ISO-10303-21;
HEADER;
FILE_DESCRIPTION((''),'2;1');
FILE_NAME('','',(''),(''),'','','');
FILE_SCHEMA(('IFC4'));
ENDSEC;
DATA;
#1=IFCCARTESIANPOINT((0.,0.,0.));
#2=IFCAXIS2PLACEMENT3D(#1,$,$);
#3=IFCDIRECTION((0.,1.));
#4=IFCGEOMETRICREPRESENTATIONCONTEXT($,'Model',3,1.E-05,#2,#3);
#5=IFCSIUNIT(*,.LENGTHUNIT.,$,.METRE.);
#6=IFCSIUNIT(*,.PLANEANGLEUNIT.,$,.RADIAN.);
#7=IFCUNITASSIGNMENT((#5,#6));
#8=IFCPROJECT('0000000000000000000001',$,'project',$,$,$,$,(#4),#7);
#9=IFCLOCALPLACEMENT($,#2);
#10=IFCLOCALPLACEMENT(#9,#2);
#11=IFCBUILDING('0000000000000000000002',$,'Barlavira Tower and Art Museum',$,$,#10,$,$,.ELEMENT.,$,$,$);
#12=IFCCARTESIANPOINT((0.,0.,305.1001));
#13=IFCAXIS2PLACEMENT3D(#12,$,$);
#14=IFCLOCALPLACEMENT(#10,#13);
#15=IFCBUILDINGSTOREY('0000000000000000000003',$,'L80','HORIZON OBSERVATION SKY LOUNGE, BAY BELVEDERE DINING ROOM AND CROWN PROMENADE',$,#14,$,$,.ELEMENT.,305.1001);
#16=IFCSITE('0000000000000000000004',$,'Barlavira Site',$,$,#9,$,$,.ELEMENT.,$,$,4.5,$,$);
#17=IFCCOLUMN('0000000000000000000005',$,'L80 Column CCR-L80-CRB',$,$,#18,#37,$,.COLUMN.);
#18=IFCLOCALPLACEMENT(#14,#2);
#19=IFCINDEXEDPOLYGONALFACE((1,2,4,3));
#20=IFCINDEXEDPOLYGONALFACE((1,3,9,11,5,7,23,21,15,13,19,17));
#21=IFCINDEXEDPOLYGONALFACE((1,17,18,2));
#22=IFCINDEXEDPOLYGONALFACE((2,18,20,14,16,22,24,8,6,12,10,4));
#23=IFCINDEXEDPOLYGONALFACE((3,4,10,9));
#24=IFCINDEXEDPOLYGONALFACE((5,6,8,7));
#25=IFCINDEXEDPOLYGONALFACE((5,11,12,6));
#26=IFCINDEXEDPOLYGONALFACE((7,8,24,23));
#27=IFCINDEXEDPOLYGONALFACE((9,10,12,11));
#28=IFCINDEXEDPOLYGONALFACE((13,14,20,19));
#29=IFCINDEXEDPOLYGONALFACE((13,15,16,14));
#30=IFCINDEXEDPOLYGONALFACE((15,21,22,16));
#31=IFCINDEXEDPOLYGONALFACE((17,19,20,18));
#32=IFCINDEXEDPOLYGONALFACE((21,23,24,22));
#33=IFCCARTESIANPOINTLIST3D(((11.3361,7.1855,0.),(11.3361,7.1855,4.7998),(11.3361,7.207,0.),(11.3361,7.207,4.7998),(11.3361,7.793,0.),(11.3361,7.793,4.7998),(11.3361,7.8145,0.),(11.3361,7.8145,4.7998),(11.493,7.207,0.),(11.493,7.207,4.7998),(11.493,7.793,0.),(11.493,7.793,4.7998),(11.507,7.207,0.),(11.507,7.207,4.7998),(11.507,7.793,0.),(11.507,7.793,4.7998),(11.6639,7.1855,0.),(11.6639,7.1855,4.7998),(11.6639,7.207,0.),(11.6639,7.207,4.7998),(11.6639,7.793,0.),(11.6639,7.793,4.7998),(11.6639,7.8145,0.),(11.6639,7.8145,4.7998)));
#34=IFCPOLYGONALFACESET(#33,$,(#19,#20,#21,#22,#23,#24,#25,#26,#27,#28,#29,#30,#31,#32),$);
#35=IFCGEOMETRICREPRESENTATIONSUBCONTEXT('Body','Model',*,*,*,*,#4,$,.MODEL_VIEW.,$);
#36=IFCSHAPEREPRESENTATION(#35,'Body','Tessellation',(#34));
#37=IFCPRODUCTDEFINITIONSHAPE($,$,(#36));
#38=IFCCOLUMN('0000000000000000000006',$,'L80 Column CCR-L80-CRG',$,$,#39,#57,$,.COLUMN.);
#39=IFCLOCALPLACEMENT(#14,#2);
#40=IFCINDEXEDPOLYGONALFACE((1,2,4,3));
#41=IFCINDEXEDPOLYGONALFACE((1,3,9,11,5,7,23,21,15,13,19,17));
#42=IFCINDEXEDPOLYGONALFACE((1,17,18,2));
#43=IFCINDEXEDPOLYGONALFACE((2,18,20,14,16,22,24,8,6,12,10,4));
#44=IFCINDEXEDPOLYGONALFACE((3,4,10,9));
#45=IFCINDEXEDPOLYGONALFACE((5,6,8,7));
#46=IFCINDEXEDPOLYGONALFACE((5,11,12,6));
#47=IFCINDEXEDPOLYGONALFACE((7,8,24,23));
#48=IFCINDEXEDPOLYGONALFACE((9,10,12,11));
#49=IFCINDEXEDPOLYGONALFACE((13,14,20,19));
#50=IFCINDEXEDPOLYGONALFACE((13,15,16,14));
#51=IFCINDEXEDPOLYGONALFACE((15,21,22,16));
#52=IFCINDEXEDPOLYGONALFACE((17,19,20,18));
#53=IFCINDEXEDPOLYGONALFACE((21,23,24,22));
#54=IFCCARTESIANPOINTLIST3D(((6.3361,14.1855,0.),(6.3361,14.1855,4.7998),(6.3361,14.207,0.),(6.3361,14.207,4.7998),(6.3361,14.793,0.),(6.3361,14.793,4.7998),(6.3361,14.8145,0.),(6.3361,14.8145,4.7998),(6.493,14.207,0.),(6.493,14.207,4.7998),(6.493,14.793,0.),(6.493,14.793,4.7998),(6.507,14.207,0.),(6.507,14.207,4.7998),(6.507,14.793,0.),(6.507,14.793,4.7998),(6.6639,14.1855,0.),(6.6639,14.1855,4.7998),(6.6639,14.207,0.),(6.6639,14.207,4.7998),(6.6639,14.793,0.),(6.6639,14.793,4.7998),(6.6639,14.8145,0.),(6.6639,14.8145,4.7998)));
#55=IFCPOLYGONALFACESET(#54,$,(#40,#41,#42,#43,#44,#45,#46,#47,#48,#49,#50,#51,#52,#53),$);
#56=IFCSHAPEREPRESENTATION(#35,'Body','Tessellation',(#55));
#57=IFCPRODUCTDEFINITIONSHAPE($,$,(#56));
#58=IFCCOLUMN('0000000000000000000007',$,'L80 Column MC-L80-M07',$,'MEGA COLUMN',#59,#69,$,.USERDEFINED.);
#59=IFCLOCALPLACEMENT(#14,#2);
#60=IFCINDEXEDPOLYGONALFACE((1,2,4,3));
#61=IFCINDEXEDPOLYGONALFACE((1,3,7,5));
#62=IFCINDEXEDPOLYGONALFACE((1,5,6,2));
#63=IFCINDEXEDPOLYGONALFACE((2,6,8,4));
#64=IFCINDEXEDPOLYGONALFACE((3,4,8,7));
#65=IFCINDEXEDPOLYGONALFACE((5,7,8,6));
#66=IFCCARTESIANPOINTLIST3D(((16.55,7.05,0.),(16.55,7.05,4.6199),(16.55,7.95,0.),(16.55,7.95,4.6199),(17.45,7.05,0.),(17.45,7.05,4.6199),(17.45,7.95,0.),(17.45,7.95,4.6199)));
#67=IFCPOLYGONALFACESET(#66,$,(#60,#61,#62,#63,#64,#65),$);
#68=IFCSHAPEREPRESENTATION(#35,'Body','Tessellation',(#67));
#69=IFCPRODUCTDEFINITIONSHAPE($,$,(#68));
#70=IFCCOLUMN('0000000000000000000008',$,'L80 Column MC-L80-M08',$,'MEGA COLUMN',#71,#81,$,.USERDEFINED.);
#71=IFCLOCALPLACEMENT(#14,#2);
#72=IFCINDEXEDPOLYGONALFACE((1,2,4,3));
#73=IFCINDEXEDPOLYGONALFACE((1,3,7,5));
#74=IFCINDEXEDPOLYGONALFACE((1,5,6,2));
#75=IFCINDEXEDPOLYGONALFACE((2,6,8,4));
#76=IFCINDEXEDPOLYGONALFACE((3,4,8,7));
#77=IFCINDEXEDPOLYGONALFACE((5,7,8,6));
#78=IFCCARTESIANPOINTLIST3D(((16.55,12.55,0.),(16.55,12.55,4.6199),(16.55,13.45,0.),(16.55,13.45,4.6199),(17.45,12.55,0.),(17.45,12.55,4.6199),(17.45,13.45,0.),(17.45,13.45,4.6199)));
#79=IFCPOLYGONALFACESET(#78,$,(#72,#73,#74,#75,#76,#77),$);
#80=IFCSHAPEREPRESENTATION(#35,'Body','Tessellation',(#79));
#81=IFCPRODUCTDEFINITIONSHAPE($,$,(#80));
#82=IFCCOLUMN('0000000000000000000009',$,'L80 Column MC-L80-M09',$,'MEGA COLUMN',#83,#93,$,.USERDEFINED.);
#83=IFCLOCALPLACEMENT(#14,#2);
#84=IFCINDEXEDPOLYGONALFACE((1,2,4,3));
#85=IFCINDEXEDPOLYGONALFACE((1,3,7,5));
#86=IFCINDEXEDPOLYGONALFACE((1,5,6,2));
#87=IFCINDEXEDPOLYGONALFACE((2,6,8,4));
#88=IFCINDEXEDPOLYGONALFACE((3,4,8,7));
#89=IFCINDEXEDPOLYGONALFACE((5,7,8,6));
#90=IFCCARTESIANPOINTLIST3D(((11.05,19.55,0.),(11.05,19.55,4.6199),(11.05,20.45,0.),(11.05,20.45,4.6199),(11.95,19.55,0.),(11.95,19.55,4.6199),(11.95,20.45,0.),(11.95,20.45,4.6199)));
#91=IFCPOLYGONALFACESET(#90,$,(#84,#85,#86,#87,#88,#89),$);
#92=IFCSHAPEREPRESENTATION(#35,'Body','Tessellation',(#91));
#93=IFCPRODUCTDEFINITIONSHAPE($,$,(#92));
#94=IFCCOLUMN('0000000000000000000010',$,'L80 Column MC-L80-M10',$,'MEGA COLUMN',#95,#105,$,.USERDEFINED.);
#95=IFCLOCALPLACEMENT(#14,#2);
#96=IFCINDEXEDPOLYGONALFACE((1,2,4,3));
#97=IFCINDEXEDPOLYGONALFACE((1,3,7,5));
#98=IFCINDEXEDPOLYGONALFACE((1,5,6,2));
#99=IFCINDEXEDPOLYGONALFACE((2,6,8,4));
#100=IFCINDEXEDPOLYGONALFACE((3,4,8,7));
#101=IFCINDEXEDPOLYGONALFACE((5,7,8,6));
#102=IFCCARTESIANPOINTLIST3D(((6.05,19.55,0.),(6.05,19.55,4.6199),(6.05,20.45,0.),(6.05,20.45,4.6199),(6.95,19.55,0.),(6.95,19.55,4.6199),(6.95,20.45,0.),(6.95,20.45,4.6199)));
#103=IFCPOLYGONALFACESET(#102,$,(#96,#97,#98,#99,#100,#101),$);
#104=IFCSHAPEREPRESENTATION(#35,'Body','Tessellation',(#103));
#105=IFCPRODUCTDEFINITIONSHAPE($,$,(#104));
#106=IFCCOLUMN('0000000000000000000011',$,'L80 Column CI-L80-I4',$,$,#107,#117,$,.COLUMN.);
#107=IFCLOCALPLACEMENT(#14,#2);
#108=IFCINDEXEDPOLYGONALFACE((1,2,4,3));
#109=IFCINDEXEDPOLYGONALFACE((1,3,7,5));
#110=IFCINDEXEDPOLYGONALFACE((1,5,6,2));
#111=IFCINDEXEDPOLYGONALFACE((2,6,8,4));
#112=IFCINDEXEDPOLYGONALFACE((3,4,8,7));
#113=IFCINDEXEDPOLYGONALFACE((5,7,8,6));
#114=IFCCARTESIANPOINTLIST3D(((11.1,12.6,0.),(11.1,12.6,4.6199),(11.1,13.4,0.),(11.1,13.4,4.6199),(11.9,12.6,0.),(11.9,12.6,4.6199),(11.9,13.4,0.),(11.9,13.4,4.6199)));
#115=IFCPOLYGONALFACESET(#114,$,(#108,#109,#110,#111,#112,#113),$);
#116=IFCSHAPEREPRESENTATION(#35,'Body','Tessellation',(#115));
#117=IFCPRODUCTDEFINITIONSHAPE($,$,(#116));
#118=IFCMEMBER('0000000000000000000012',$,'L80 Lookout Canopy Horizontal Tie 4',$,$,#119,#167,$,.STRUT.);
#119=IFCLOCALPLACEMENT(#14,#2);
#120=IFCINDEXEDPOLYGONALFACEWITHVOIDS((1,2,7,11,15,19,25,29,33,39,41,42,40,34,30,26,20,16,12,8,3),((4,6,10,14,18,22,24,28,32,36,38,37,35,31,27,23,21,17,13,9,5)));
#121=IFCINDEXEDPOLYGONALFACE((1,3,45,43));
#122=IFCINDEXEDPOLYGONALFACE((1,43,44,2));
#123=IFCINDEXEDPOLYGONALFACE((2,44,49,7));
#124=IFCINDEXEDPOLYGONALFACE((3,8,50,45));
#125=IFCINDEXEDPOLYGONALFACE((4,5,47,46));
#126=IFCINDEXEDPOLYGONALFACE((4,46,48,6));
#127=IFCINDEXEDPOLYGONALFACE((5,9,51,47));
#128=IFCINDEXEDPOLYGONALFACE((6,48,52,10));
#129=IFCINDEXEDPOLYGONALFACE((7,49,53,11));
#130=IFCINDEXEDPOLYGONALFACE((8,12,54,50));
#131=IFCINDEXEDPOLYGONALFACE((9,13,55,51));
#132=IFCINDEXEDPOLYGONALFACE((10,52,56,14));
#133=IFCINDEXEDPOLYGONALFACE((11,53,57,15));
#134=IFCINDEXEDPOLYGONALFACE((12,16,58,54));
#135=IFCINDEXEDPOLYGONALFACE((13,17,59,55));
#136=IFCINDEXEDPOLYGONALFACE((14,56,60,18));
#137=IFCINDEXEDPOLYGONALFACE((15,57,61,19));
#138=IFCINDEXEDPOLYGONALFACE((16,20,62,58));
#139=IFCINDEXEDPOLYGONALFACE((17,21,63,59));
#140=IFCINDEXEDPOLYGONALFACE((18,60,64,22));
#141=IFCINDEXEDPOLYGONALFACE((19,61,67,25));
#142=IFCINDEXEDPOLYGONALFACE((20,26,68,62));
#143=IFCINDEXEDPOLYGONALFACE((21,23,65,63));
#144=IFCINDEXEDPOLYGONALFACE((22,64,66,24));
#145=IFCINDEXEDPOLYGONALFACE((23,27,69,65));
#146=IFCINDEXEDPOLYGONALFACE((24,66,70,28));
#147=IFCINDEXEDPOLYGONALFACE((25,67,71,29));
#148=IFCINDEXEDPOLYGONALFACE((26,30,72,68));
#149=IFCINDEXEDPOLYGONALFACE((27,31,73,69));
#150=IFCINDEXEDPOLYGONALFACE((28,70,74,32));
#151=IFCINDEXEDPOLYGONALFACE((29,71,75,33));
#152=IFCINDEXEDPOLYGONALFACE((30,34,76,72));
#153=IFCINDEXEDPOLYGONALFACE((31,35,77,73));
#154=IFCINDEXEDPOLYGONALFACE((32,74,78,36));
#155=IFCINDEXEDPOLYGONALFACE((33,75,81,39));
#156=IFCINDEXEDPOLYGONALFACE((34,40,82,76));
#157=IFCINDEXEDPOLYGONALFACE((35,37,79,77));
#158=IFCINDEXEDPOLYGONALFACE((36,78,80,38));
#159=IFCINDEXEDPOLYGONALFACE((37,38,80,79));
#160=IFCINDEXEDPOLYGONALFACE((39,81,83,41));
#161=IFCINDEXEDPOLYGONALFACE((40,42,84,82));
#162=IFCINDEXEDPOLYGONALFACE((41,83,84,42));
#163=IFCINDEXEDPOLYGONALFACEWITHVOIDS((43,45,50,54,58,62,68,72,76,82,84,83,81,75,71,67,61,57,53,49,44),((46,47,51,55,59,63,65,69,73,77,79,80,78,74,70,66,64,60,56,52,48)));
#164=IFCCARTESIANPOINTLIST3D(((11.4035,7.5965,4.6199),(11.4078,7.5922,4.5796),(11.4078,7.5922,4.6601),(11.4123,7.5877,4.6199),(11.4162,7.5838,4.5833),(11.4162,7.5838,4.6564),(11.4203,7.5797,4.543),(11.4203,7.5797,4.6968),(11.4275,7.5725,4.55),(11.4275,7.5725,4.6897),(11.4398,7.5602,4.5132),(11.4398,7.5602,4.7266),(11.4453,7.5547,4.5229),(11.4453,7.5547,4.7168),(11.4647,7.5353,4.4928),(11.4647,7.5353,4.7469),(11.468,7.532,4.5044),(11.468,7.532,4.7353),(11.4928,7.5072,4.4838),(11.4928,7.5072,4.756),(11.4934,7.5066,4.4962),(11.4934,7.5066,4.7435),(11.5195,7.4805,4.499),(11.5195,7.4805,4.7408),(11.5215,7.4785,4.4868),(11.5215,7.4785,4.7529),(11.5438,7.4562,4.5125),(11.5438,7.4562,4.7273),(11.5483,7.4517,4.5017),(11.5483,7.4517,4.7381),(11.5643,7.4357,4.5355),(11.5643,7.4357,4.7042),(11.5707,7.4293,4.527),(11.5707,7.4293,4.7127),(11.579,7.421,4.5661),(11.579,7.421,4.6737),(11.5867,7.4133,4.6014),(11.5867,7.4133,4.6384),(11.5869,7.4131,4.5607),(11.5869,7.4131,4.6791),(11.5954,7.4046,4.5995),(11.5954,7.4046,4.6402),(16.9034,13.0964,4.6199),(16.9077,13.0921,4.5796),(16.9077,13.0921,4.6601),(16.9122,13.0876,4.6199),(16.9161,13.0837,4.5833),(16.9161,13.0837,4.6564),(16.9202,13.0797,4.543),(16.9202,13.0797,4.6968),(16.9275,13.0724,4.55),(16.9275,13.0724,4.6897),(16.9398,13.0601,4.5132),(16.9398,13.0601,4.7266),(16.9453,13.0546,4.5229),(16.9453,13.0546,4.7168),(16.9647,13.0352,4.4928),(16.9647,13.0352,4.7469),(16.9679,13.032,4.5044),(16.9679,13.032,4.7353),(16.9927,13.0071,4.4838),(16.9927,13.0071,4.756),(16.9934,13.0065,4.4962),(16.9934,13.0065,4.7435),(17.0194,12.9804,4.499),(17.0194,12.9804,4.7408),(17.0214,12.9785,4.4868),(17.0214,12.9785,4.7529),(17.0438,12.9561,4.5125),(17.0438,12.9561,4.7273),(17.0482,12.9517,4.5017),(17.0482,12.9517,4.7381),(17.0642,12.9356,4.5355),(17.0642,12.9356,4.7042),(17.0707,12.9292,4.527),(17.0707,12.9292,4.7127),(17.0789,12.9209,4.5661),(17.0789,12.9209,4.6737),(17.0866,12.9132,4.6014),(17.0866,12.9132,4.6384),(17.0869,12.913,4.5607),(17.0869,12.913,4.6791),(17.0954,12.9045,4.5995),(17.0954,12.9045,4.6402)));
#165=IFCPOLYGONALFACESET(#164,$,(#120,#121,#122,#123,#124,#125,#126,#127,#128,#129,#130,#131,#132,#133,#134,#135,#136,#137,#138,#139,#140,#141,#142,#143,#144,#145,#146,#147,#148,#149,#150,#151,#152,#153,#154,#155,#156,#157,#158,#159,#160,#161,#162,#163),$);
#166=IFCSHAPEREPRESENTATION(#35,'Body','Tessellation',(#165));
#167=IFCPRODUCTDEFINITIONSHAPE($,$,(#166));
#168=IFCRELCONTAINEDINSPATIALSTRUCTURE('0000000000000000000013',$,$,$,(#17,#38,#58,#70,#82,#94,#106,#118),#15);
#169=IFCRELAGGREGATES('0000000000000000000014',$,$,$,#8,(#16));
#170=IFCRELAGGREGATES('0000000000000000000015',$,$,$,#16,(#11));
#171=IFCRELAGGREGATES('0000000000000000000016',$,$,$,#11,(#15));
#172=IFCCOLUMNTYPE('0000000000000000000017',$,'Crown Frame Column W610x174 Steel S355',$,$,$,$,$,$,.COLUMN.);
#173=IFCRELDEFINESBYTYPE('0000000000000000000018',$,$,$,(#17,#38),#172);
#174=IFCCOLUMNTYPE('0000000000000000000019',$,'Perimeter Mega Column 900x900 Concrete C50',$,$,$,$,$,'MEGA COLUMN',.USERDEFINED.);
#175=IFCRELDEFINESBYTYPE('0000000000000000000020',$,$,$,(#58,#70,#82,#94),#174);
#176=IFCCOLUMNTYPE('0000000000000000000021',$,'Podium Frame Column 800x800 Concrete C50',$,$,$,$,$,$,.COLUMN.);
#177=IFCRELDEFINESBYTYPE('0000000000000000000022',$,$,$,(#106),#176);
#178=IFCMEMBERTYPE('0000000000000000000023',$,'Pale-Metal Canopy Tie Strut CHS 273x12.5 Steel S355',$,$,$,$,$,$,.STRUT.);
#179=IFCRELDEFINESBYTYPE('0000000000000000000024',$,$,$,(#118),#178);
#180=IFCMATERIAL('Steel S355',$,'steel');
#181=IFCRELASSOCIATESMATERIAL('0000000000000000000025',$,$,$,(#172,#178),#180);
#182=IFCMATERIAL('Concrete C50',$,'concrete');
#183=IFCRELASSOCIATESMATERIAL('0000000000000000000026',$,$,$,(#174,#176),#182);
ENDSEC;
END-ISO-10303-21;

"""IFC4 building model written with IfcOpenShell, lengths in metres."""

from ifc_helpers import new_model, si_unit, direction, frame, origin, origin_2d, place, context, subcontext, project, spatial, rectangle, hollow_circle, i_section, extrude, material, material_profile, profile_set, type_object, element, save


model = new_model("IFC4")

# Units and contexts
model_context = context("Model", 3, precision=1e-05, world=origin(), true_north=direction((0.0, 1.0)))
body_context = subcontext(model_context, "Body", "Model", "MODEL_VIEW")
ifc_project = project(units=[si_unit("LENGTHUNIT", "METRE"), si_unit("PLANEANGLEUNIT", "RADIAN")], contexts=[model_context])

# Site, building, storey
site_placement = place(None, origin())
site = spatial("IfcSite", under=ifc_project, at=site_placement, Name="Barlavira Site", CompositionType="ELEMENT", RefElevation=4.5)
building_placement = place(site_placement, origin())
building = spatial("IfcBuilding", under=site, at=building_placement, Name="Barlavira Tower and Art Museum", CompositionType="ELEMENT")
storey_placement = place(building_placement, frame((0.0, 0.0, 305.1001)))
storey = spatial("IfcBuildingStorey", under=building, at=storey_placement, Name="L80", Description="HORIZON OBSERVATION SKY LOUNGE, BAY BELVEDERE DINING ROOM AND CROWN PROMENADE", CompositionType="ELEMENT", Elevation=305.1001)

# Columns
ifc_material_1 = material(Name="Steel S355", Category="steel")
ifc_material_profile_1 = material_profile(ifc_material_1, i_section(OverallWidth=0.3279, OverallDepth=0.6289, WebThickness=0.0139, FlangeThickness=0.0215, at=origin_2d()), Name="W610x174.0")
ifc_profile_set_1 = profile_set([ifc_material_profile_1], Name="Steel S355")
column_type_1 = type_object("IfcColumnType", Name="Crown Frame Column W610x174 Steel S355", PredefinedType="COLUMN", material=ifc_profile_set_1)
for number, where, z_axis, x_axis, name in (
    (1, (11.5, 7.5, 0.0), (0.0, 0.0, 1.0), (1.0, 0.0, 0.0), "L80 Column CCR-L80-CRB"),
    (2, (6.5, 14.5, 0.0), (0.0, 0.0, 1.0), (1.0, 0.0, 0.0), "L80 Column CCR-L80-CRG"),
):
    element("IfcColumn", number, at=place(storey_placement, frame(where, z_axis=z_axis, x_axis=x_axis)), inside=storey, type_object=column_type_1, Name=name, PredefinedType="COLUMN", context=body_context, shape_type="SweptSolid", body=[
        extrude(i_section(OverallWidth=0.3279, OverallDepth=0.6289, WebThickness=0.0139, FlangeThickness=0.0215, at=origin_2d()), origin(), (0.0, 0.0, 1.0), 4.7998),
    ])
ifc_material_2 = material(Name="Concrete C50", Category="concrete")
ifc_material_profile_2 = material_profile(ifc_material_2, rectangle(XDim=0.8999, YDim=0.8999, at=origin_2d()), Name="RC-COL 900x900")
ifc_profile_set_2 = profile_set([ifc_material_profile_2], Name="Concrete C50")
column_type_2 = type_object("IfcColumnType", Name="Perimeter Mega Column 900x900 Concrete C50", ElementType="MEGA COLUMN", PredefinedType="USERDEFINED", material=ifc_profile_set_2)
for number, where, z_axis, x_axis, name in (
    (3, (17.0, 7.5, 0.0), (0.0, 0.0, 1.0), (1.0, 0.0, 0.0), "L80 Column MC-L80-M07"),
    (4, (17.0, 13.0, 0.0), (0.0, 0.0, 1.0), (1.0, 0.0, 0.0), "L80 Column MC-L80-M08"),
    (5, (11.5, 20.0, 0.0), (0.0, 0.0, 1.0), (1.0, 0.0, 0.0), "L80 Column MC-L80-M09"),
    (6, (6.5, 20.0, 0.0), (0.0, 0.0, 1.0), (1.0, 0.0, 0.0), "L80 Column MC-L80-M10"),
):
    element("IfcColumn", number, at=place(storey_placement, frame(where, z_axis=z_axis, x_axis=x_axis)), inside=storey, type_object=column_type_2, Name=name, ObjectType="MEGA COLUMN", PredefinedType="USERDEFINED", context=body_context, shape_type="SweptSolid", body=[
        extrude(rectangle(XDim=0.8999, YDim=0.8999, at=origin_2d()), origin(), (0.0, 0.0, 1.0), 4.6199),
    ])
ifc_material_profile_3 = material_profile(ifc_material_2, rectangle(XDim=0.8, YDim=0.8, at=origin_2d()), Name="RC-COL 800x800")
ifc_profile_set_3 = profile_set([ifc_material_profile_3], Name="Concrete C50")
column_type_3 = type_object("IfcColumnType", Name="Podium Frame Column 800x800 Concrete C50", PredefinedType="COLUMN", material=ifc_profile_set_3)
column_placement = place(storey_placement, frame((11.5, 13.0, 0.0), z_axis=(0.0, 0.0, 1.0), x_axis=(1.0, 0.0, 0.0)))
element("IfcColumn", 7, at=column_placement, inside=storey, type_object=column_type_3, Name="L80 Column CI-L80-I4", PredefinedType="COLUMN", context=body_context, shape_type="SweptSolid", body=[
    extrude(rectangle(XDim=0.8, YDim=0.8, at=origin_2d()), origin(), (0.0, 0.0, 1.0), 4.6199),
])

# Member
ifc_material_profile_4 = material_profile(ifc_material_1, hollow_circle(Radius=0.1365, WallThickness=0.0125, at=origin_2d()), Name="CHS 273.0x12.5")
ifc_profile_set_4 = profile_set([ifc_material_profile_4], Name="Steel S355")
member_type_1 = type_object("IfcMemberType", Name="Pale-Metal Canopy Tie Strut CHS 273x12.5 Steel S355", PredefinedType="STRUT", material=ifc_profile_set_4)
member_1_placement = place(storey_placement, frame((11.5, 7.5, 4.6199), z_axis=(0.707107, 0.707107, 0.0), x_axis=(-0.707107, 0.707107, 0.0)))
element("IfcMember", 8, at=member_1_placement, inside=storey, type_object=member_type_1, Name="L80 Lookout Canopy Horizontal Tie 4", PredefinedType="STRUT", context=body_context, shape_type="SweptSolid", body=[
    extrude(hollow_circle(Radius=0.1365, WallThickness=0.0125, at=origin_2d()), origin(), (0.0, 0.0, 1.0), 7.7781),
])

save(model, "model.ifc")
